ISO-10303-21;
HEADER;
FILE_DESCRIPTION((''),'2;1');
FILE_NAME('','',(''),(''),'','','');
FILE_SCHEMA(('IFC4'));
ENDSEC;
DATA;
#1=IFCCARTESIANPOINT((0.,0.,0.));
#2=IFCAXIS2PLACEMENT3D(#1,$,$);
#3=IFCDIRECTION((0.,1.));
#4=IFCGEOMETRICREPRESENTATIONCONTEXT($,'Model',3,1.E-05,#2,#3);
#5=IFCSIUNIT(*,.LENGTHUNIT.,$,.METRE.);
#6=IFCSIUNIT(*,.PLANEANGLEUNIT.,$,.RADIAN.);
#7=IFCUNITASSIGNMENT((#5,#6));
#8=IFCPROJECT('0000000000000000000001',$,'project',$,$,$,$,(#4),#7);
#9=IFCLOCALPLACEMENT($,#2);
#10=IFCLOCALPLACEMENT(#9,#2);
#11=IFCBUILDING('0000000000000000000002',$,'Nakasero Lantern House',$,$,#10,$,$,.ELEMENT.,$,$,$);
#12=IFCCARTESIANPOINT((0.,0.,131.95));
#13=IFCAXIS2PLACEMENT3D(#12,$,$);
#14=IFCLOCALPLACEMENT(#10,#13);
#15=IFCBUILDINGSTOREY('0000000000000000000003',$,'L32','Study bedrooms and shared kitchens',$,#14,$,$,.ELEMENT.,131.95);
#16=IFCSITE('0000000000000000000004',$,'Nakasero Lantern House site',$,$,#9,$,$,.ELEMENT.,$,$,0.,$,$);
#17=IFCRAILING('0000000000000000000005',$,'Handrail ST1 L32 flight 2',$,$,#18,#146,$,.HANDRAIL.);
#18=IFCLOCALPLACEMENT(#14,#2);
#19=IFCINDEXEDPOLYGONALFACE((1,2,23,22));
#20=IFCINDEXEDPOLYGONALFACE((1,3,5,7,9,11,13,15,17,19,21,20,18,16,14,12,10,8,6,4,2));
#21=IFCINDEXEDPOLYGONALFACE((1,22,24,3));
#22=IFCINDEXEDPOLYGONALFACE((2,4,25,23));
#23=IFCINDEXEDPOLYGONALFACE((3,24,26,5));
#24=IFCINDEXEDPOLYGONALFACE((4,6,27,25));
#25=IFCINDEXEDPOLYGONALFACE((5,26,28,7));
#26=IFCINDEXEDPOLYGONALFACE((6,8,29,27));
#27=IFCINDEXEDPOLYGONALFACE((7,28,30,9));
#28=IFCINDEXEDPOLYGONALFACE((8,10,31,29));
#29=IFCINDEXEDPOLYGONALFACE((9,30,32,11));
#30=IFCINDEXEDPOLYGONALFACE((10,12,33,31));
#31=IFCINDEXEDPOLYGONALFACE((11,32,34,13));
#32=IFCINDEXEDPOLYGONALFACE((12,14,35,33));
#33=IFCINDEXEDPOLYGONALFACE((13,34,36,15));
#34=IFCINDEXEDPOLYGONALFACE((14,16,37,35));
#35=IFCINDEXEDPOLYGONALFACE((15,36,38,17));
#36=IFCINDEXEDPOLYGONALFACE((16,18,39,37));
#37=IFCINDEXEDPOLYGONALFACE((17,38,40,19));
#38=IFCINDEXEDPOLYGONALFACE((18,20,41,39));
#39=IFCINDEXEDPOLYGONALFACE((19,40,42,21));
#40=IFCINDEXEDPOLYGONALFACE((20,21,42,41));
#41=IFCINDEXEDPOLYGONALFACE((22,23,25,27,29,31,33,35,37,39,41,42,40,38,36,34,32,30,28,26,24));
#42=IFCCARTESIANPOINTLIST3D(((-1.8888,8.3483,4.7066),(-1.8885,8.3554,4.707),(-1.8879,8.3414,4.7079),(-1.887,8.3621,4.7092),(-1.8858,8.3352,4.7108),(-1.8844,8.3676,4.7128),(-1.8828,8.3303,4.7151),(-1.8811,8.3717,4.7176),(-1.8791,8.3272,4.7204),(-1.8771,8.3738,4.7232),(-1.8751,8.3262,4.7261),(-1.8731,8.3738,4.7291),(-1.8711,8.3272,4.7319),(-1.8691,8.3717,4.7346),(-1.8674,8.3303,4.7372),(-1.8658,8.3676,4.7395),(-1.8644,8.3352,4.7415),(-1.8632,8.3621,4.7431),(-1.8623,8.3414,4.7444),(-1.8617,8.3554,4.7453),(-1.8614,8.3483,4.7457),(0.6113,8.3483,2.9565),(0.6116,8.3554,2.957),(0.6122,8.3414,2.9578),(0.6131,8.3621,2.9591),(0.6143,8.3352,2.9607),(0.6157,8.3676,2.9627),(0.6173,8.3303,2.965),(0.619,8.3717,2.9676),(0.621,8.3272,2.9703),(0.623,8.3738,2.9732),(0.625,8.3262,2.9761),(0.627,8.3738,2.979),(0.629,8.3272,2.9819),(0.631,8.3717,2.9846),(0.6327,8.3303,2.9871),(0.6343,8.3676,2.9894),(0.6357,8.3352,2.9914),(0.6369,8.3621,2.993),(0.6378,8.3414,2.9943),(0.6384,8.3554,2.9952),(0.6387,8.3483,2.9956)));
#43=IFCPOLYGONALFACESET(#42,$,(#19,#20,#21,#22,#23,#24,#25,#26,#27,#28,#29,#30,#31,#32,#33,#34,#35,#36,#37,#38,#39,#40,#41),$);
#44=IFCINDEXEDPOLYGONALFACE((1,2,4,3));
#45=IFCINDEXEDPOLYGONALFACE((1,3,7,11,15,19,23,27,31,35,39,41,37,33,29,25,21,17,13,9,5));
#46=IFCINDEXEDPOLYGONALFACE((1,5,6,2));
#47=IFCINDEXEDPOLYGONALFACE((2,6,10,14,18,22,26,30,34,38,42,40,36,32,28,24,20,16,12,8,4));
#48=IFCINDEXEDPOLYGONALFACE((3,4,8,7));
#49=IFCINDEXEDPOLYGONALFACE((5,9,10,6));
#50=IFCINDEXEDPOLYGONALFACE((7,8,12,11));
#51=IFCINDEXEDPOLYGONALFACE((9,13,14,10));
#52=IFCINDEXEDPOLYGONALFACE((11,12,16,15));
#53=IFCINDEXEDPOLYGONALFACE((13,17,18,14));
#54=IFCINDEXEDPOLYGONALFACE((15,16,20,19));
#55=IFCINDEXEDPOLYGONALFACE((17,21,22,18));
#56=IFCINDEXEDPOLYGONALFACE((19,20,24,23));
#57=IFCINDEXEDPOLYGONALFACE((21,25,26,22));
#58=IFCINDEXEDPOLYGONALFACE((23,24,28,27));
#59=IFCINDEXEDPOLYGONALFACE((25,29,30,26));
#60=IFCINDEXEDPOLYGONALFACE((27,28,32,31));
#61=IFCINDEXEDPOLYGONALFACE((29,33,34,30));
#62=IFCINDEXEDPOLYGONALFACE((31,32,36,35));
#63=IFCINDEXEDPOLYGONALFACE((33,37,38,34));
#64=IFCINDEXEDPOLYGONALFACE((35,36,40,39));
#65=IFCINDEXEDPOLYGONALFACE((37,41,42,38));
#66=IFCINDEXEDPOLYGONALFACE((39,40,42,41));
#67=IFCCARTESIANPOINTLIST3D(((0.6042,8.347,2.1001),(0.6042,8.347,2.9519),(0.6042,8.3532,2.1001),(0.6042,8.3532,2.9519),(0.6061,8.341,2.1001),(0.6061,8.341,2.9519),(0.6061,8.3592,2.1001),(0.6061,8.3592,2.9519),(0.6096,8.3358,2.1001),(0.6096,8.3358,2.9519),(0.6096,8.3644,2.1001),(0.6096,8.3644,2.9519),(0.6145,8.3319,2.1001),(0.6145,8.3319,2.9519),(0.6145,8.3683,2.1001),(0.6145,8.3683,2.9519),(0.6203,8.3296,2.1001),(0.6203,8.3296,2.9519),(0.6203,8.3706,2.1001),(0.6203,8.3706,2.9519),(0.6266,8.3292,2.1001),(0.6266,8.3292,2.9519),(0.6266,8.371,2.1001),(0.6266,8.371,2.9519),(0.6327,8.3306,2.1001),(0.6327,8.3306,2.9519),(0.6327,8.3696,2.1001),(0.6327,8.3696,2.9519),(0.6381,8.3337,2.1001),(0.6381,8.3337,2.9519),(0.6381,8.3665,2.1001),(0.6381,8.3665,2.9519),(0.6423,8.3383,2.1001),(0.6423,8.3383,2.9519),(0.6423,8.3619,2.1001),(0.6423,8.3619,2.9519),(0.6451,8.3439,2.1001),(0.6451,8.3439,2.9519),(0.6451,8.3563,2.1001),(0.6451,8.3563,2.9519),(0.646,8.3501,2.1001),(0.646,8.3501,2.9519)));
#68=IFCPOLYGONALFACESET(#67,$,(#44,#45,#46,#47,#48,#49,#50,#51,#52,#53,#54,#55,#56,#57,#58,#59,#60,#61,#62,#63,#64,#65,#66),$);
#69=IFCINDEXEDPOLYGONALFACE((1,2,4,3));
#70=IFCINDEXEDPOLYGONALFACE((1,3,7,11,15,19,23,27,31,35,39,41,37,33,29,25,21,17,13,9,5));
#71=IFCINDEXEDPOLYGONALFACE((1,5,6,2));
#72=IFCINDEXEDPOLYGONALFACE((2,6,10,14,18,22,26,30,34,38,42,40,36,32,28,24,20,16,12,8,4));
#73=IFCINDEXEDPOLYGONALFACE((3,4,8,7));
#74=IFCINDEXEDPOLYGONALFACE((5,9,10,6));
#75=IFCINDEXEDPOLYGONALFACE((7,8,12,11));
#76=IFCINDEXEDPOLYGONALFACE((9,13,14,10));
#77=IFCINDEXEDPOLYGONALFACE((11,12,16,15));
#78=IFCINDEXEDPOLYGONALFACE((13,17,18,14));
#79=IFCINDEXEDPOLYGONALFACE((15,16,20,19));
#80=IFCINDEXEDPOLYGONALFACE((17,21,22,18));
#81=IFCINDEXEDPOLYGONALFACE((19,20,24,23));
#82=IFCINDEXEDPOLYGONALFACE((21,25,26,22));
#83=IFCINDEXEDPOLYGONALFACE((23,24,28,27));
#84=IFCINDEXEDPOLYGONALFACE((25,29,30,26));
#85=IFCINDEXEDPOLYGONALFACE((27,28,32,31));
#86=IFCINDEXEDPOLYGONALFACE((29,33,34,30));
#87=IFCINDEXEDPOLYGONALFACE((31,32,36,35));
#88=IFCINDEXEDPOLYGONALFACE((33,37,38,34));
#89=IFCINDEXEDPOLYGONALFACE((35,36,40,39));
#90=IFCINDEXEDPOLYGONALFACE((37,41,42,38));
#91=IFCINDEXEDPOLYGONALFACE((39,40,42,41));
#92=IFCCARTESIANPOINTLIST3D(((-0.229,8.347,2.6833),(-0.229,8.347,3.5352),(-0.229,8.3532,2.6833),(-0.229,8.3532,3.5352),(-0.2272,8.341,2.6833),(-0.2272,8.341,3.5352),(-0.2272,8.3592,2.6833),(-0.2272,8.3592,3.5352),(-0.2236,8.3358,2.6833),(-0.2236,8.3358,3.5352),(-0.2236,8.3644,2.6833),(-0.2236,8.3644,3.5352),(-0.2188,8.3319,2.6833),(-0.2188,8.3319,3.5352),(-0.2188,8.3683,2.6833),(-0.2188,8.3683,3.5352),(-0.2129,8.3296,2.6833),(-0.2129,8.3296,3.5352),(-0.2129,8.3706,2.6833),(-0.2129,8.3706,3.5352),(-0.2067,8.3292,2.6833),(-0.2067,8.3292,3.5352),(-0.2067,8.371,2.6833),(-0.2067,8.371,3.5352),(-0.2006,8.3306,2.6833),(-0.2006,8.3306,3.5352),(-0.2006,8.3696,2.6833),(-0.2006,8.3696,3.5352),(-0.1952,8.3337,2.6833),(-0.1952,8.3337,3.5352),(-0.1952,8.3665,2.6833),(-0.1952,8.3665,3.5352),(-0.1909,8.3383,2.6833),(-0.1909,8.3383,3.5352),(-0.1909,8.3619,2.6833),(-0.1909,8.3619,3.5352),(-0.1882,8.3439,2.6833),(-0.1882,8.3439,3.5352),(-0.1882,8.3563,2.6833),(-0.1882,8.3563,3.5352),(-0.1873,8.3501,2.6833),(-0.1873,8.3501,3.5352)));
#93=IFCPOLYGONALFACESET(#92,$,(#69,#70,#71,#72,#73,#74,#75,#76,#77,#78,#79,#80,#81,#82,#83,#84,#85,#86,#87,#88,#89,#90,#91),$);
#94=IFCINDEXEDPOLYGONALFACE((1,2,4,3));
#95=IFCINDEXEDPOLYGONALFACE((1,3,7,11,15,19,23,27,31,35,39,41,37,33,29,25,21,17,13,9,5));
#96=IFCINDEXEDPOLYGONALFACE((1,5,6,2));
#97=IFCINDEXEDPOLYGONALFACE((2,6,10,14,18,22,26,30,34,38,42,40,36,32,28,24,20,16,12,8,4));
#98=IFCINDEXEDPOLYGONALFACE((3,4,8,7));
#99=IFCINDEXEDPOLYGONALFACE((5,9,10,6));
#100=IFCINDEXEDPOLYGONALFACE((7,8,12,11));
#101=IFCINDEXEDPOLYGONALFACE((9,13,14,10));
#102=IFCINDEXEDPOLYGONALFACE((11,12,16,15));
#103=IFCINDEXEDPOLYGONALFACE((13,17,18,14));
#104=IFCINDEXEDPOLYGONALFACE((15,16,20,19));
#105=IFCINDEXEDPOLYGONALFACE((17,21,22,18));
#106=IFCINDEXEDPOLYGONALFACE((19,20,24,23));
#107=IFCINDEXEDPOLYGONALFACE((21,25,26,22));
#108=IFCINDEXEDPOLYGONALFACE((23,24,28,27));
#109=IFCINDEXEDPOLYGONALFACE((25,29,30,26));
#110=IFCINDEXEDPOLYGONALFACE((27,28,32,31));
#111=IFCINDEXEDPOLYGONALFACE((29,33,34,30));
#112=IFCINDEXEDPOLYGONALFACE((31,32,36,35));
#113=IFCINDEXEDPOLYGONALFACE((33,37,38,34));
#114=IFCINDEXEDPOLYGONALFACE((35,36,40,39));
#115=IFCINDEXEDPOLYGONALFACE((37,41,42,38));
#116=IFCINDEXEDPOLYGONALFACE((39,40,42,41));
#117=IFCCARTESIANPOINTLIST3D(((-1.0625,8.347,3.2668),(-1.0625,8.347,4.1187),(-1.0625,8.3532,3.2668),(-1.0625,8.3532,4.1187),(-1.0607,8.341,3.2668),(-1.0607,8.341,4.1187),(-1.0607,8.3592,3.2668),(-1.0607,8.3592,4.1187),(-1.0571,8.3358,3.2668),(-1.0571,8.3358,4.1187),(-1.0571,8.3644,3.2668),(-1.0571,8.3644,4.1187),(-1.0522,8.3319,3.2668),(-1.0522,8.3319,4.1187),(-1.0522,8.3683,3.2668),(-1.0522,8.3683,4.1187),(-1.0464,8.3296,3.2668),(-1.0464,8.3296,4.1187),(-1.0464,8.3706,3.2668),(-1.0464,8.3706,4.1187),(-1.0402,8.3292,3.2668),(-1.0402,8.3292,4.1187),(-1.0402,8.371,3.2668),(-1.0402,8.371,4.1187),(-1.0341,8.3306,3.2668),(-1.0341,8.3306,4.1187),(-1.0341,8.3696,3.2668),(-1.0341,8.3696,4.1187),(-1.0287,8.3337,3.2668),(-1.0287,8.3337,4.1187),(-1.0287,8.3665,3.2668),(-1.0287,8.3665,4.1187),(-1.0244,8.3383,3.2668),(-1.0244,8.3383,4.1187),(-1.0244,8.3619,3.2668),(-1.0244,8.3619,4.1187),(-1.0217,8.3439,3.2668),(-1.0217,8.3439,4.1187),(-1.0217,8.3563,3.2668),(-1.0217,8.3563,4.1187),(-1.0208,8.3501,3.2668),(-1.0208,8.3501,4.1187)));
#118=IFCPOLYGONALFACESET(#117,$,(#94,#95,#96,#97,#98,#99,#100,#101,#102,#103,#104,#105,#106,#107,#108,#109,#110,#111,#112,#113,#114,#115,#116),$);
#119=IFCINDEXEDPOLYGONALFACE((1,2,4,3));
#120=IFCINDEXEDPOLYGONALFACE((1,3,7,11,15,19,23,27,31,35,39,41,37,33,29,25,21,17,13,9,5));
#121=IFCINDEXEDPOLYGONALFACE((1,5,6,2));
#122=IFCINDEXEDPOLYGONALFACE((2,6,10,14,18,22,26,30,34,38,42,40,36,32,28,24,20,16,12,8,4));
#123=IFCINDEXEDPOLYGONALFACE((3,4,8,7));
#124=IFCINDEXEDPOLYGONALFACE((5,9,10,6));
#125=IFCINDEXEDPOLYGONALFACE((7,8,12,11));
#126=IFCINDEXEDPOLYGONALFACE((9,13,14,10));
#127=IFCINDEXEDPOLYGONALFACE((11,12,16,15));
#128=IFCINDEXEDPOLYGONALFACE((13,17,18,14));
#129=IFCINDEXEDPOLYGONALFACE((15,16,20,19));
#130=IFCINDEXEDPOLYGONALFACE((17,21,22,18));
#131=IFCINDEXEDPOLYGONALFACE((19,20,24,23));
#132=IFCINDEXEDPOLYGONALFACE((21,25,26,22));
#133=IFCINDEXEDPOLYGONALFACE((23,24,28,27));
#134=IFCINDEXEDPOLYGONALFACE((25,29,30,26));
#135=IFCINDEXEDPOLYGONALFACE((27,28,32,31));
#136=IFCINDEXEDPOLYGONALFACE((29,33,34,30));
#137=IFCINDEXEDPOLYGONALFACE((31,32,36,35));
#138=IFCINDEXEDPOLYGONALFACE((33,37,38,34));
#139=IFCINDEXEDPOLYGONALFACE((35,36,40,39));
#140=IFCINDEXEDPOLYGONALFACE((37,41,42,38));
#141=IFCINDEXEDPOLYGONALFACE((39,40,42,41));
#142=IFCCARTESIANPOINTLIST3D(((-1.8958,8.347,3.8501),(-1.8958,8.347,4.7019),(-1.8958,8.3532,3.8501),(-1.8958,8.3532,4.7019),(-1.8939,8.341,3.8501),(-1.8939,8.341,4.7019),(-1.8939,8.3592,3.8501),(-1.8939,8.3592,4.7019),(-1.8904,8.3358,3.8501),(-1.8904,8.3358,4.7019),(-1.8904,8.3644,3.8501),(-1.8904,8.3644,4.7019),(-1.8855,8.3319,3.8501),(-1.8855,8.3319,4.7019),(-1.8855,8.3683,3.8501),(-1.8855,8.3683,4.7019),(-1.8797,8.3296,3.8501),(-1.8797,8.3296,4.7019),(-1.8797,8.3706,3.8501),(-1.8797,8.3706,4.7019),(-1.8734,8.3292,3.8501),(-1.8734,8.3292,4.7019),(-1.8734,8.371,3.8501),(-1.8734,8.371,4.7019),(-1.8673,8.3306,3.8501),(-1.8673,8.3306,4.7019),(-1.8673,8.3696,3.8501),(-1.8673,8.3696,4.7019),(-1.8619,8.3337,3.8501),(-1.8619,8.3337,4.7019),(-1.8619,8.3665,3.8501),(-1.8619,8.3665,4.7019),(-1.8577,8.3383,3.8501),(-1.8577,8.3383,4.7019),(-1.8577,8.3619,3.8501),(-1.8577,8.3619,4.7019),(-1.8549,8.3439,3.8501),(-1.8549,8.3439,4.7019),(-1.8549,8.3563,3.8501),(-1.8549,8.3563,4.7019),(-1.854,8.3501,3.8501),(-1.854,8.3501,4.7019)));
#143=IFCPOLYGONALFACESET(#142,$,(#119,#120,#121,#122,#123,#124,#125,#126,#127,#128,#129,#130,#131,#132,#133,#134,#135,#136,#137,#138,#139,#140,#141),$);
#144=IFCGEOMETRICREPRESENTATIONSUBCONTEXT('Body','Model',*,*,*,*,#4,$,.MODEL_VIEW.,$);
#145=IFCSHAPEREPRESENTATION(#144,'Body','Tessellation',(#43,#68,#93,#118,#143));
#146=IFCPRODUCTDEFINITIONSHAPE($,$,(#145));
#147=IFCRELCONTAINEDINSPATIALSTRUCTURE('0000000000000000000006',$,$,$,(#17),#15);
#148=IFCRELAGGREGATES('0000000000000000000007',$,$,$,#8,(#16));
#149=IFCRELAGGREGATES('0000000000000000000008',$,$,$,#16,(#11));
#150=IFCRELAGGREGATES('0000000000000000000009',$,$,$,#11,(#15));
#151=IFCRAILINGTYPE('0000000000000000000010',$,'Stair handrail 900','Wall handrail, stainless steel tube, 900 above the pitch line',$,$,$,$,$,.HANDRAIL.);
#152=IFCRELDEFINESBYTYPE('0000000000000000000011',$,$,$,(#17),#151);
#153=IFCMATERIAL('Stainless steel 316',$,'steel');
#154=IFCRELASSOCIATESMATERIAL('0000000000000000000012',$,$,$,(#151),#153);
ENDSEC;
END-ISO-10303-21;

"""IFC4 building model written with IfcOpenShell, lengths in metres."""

from ifc_helpers import new_model, si_unit, direction, frame, origin, origin_2d, place, context, subcontext, project, spatial, circle, extrude, material, type_object, element, save


model = new_model("IFC4")

# Units and contexts
model_context = context("Model", 3, precision=1e-05, world=origin(), true_north=direction((0.0, 1.0)))
body_context = subcontext(model_context, "Body", "Model", "MODEL_VIEW")
ifc_project = project(units=[si_unit("LENGTHUNIT", "METRE"), si_unit("PLANEANGLEUNIT", "RADIAN")], contexts=[model_context])

# Site, building, storey
site_placement = place(None, origin())
site = spatial("IfcSite", under=ifc_project, at=site_placement, Name="Nakasero Lantern House site", CompositionType="ELEMENT", RefElevation=0.0)
building_placement = place(site_placement, origin())
building = spatial("IfcBuilding", under=site, at=building_placement, Name="Nakasero Lantern House", CompositionType="ELEMENT")
storey_placement = place(building_placement, frame((0.0, 0.0, 131.95)))
storey = spatial("IfcBuildingStorey", under=building, at=storey_placement, Name="L32", Description="Study bedrooms and shared kitchens", CompositionType="ELEMENT", Elevation=131.95)

# Railing
ifc_material_1 = material(Name="Stainless steel 316", Category="steel")
railing_type = type_object("IfcRailingType", Name="Stair handrail 900", Description="Wall handrail, stainless steel tube, 900 above the pitch line", PredefinedType="HANDRAIL", material=ifc_material_1)
railing_placement = place(storey_placement, frame((0.625, 8.3501, 2.1001)))
element("IfcRailing", 1, at=railing_placement, inside=storey, type_object=railing_type, Name="Handrail ST1 L32 flight 2", PredefinedType="HANDRAIL", context=body_context, shape_type="SweptSolid", body=[
    extrude(circle(Radius=0.0239, at=origin_2d()), frame((0.0, 0.0, 0.876), z_axis=(-0.819232, 0.0, 0.573462), x_axis=(0.0, -1.0, 0.0)), (0.0, 0.0, 1.0), 3.0518),
    extrude(circle(Radius=0.021, at=origin_2d()), origin(), (0.0, 0.0, 1.0), 0.8518),
    extrude(circle(Radius=0.021, at=origin_2d()), frame((-0.8333, 0.0, 0.5833)), (0.0, 0.0, 1.0), 0.8518),
    extrude(circle(Radius=0.021, at=origin_2d()), frame((-1.6667, 0.0, 1.1667)), (0.0, 0.0, 1.0), 0.8518),
    extrude(circle(Radius=0.021, at=origin_2d()), frame((-2.5, 0.0, 1.75)), (0.0, 0.0, 1.0), 0.8518),
])

save(model, "model.ifc")
